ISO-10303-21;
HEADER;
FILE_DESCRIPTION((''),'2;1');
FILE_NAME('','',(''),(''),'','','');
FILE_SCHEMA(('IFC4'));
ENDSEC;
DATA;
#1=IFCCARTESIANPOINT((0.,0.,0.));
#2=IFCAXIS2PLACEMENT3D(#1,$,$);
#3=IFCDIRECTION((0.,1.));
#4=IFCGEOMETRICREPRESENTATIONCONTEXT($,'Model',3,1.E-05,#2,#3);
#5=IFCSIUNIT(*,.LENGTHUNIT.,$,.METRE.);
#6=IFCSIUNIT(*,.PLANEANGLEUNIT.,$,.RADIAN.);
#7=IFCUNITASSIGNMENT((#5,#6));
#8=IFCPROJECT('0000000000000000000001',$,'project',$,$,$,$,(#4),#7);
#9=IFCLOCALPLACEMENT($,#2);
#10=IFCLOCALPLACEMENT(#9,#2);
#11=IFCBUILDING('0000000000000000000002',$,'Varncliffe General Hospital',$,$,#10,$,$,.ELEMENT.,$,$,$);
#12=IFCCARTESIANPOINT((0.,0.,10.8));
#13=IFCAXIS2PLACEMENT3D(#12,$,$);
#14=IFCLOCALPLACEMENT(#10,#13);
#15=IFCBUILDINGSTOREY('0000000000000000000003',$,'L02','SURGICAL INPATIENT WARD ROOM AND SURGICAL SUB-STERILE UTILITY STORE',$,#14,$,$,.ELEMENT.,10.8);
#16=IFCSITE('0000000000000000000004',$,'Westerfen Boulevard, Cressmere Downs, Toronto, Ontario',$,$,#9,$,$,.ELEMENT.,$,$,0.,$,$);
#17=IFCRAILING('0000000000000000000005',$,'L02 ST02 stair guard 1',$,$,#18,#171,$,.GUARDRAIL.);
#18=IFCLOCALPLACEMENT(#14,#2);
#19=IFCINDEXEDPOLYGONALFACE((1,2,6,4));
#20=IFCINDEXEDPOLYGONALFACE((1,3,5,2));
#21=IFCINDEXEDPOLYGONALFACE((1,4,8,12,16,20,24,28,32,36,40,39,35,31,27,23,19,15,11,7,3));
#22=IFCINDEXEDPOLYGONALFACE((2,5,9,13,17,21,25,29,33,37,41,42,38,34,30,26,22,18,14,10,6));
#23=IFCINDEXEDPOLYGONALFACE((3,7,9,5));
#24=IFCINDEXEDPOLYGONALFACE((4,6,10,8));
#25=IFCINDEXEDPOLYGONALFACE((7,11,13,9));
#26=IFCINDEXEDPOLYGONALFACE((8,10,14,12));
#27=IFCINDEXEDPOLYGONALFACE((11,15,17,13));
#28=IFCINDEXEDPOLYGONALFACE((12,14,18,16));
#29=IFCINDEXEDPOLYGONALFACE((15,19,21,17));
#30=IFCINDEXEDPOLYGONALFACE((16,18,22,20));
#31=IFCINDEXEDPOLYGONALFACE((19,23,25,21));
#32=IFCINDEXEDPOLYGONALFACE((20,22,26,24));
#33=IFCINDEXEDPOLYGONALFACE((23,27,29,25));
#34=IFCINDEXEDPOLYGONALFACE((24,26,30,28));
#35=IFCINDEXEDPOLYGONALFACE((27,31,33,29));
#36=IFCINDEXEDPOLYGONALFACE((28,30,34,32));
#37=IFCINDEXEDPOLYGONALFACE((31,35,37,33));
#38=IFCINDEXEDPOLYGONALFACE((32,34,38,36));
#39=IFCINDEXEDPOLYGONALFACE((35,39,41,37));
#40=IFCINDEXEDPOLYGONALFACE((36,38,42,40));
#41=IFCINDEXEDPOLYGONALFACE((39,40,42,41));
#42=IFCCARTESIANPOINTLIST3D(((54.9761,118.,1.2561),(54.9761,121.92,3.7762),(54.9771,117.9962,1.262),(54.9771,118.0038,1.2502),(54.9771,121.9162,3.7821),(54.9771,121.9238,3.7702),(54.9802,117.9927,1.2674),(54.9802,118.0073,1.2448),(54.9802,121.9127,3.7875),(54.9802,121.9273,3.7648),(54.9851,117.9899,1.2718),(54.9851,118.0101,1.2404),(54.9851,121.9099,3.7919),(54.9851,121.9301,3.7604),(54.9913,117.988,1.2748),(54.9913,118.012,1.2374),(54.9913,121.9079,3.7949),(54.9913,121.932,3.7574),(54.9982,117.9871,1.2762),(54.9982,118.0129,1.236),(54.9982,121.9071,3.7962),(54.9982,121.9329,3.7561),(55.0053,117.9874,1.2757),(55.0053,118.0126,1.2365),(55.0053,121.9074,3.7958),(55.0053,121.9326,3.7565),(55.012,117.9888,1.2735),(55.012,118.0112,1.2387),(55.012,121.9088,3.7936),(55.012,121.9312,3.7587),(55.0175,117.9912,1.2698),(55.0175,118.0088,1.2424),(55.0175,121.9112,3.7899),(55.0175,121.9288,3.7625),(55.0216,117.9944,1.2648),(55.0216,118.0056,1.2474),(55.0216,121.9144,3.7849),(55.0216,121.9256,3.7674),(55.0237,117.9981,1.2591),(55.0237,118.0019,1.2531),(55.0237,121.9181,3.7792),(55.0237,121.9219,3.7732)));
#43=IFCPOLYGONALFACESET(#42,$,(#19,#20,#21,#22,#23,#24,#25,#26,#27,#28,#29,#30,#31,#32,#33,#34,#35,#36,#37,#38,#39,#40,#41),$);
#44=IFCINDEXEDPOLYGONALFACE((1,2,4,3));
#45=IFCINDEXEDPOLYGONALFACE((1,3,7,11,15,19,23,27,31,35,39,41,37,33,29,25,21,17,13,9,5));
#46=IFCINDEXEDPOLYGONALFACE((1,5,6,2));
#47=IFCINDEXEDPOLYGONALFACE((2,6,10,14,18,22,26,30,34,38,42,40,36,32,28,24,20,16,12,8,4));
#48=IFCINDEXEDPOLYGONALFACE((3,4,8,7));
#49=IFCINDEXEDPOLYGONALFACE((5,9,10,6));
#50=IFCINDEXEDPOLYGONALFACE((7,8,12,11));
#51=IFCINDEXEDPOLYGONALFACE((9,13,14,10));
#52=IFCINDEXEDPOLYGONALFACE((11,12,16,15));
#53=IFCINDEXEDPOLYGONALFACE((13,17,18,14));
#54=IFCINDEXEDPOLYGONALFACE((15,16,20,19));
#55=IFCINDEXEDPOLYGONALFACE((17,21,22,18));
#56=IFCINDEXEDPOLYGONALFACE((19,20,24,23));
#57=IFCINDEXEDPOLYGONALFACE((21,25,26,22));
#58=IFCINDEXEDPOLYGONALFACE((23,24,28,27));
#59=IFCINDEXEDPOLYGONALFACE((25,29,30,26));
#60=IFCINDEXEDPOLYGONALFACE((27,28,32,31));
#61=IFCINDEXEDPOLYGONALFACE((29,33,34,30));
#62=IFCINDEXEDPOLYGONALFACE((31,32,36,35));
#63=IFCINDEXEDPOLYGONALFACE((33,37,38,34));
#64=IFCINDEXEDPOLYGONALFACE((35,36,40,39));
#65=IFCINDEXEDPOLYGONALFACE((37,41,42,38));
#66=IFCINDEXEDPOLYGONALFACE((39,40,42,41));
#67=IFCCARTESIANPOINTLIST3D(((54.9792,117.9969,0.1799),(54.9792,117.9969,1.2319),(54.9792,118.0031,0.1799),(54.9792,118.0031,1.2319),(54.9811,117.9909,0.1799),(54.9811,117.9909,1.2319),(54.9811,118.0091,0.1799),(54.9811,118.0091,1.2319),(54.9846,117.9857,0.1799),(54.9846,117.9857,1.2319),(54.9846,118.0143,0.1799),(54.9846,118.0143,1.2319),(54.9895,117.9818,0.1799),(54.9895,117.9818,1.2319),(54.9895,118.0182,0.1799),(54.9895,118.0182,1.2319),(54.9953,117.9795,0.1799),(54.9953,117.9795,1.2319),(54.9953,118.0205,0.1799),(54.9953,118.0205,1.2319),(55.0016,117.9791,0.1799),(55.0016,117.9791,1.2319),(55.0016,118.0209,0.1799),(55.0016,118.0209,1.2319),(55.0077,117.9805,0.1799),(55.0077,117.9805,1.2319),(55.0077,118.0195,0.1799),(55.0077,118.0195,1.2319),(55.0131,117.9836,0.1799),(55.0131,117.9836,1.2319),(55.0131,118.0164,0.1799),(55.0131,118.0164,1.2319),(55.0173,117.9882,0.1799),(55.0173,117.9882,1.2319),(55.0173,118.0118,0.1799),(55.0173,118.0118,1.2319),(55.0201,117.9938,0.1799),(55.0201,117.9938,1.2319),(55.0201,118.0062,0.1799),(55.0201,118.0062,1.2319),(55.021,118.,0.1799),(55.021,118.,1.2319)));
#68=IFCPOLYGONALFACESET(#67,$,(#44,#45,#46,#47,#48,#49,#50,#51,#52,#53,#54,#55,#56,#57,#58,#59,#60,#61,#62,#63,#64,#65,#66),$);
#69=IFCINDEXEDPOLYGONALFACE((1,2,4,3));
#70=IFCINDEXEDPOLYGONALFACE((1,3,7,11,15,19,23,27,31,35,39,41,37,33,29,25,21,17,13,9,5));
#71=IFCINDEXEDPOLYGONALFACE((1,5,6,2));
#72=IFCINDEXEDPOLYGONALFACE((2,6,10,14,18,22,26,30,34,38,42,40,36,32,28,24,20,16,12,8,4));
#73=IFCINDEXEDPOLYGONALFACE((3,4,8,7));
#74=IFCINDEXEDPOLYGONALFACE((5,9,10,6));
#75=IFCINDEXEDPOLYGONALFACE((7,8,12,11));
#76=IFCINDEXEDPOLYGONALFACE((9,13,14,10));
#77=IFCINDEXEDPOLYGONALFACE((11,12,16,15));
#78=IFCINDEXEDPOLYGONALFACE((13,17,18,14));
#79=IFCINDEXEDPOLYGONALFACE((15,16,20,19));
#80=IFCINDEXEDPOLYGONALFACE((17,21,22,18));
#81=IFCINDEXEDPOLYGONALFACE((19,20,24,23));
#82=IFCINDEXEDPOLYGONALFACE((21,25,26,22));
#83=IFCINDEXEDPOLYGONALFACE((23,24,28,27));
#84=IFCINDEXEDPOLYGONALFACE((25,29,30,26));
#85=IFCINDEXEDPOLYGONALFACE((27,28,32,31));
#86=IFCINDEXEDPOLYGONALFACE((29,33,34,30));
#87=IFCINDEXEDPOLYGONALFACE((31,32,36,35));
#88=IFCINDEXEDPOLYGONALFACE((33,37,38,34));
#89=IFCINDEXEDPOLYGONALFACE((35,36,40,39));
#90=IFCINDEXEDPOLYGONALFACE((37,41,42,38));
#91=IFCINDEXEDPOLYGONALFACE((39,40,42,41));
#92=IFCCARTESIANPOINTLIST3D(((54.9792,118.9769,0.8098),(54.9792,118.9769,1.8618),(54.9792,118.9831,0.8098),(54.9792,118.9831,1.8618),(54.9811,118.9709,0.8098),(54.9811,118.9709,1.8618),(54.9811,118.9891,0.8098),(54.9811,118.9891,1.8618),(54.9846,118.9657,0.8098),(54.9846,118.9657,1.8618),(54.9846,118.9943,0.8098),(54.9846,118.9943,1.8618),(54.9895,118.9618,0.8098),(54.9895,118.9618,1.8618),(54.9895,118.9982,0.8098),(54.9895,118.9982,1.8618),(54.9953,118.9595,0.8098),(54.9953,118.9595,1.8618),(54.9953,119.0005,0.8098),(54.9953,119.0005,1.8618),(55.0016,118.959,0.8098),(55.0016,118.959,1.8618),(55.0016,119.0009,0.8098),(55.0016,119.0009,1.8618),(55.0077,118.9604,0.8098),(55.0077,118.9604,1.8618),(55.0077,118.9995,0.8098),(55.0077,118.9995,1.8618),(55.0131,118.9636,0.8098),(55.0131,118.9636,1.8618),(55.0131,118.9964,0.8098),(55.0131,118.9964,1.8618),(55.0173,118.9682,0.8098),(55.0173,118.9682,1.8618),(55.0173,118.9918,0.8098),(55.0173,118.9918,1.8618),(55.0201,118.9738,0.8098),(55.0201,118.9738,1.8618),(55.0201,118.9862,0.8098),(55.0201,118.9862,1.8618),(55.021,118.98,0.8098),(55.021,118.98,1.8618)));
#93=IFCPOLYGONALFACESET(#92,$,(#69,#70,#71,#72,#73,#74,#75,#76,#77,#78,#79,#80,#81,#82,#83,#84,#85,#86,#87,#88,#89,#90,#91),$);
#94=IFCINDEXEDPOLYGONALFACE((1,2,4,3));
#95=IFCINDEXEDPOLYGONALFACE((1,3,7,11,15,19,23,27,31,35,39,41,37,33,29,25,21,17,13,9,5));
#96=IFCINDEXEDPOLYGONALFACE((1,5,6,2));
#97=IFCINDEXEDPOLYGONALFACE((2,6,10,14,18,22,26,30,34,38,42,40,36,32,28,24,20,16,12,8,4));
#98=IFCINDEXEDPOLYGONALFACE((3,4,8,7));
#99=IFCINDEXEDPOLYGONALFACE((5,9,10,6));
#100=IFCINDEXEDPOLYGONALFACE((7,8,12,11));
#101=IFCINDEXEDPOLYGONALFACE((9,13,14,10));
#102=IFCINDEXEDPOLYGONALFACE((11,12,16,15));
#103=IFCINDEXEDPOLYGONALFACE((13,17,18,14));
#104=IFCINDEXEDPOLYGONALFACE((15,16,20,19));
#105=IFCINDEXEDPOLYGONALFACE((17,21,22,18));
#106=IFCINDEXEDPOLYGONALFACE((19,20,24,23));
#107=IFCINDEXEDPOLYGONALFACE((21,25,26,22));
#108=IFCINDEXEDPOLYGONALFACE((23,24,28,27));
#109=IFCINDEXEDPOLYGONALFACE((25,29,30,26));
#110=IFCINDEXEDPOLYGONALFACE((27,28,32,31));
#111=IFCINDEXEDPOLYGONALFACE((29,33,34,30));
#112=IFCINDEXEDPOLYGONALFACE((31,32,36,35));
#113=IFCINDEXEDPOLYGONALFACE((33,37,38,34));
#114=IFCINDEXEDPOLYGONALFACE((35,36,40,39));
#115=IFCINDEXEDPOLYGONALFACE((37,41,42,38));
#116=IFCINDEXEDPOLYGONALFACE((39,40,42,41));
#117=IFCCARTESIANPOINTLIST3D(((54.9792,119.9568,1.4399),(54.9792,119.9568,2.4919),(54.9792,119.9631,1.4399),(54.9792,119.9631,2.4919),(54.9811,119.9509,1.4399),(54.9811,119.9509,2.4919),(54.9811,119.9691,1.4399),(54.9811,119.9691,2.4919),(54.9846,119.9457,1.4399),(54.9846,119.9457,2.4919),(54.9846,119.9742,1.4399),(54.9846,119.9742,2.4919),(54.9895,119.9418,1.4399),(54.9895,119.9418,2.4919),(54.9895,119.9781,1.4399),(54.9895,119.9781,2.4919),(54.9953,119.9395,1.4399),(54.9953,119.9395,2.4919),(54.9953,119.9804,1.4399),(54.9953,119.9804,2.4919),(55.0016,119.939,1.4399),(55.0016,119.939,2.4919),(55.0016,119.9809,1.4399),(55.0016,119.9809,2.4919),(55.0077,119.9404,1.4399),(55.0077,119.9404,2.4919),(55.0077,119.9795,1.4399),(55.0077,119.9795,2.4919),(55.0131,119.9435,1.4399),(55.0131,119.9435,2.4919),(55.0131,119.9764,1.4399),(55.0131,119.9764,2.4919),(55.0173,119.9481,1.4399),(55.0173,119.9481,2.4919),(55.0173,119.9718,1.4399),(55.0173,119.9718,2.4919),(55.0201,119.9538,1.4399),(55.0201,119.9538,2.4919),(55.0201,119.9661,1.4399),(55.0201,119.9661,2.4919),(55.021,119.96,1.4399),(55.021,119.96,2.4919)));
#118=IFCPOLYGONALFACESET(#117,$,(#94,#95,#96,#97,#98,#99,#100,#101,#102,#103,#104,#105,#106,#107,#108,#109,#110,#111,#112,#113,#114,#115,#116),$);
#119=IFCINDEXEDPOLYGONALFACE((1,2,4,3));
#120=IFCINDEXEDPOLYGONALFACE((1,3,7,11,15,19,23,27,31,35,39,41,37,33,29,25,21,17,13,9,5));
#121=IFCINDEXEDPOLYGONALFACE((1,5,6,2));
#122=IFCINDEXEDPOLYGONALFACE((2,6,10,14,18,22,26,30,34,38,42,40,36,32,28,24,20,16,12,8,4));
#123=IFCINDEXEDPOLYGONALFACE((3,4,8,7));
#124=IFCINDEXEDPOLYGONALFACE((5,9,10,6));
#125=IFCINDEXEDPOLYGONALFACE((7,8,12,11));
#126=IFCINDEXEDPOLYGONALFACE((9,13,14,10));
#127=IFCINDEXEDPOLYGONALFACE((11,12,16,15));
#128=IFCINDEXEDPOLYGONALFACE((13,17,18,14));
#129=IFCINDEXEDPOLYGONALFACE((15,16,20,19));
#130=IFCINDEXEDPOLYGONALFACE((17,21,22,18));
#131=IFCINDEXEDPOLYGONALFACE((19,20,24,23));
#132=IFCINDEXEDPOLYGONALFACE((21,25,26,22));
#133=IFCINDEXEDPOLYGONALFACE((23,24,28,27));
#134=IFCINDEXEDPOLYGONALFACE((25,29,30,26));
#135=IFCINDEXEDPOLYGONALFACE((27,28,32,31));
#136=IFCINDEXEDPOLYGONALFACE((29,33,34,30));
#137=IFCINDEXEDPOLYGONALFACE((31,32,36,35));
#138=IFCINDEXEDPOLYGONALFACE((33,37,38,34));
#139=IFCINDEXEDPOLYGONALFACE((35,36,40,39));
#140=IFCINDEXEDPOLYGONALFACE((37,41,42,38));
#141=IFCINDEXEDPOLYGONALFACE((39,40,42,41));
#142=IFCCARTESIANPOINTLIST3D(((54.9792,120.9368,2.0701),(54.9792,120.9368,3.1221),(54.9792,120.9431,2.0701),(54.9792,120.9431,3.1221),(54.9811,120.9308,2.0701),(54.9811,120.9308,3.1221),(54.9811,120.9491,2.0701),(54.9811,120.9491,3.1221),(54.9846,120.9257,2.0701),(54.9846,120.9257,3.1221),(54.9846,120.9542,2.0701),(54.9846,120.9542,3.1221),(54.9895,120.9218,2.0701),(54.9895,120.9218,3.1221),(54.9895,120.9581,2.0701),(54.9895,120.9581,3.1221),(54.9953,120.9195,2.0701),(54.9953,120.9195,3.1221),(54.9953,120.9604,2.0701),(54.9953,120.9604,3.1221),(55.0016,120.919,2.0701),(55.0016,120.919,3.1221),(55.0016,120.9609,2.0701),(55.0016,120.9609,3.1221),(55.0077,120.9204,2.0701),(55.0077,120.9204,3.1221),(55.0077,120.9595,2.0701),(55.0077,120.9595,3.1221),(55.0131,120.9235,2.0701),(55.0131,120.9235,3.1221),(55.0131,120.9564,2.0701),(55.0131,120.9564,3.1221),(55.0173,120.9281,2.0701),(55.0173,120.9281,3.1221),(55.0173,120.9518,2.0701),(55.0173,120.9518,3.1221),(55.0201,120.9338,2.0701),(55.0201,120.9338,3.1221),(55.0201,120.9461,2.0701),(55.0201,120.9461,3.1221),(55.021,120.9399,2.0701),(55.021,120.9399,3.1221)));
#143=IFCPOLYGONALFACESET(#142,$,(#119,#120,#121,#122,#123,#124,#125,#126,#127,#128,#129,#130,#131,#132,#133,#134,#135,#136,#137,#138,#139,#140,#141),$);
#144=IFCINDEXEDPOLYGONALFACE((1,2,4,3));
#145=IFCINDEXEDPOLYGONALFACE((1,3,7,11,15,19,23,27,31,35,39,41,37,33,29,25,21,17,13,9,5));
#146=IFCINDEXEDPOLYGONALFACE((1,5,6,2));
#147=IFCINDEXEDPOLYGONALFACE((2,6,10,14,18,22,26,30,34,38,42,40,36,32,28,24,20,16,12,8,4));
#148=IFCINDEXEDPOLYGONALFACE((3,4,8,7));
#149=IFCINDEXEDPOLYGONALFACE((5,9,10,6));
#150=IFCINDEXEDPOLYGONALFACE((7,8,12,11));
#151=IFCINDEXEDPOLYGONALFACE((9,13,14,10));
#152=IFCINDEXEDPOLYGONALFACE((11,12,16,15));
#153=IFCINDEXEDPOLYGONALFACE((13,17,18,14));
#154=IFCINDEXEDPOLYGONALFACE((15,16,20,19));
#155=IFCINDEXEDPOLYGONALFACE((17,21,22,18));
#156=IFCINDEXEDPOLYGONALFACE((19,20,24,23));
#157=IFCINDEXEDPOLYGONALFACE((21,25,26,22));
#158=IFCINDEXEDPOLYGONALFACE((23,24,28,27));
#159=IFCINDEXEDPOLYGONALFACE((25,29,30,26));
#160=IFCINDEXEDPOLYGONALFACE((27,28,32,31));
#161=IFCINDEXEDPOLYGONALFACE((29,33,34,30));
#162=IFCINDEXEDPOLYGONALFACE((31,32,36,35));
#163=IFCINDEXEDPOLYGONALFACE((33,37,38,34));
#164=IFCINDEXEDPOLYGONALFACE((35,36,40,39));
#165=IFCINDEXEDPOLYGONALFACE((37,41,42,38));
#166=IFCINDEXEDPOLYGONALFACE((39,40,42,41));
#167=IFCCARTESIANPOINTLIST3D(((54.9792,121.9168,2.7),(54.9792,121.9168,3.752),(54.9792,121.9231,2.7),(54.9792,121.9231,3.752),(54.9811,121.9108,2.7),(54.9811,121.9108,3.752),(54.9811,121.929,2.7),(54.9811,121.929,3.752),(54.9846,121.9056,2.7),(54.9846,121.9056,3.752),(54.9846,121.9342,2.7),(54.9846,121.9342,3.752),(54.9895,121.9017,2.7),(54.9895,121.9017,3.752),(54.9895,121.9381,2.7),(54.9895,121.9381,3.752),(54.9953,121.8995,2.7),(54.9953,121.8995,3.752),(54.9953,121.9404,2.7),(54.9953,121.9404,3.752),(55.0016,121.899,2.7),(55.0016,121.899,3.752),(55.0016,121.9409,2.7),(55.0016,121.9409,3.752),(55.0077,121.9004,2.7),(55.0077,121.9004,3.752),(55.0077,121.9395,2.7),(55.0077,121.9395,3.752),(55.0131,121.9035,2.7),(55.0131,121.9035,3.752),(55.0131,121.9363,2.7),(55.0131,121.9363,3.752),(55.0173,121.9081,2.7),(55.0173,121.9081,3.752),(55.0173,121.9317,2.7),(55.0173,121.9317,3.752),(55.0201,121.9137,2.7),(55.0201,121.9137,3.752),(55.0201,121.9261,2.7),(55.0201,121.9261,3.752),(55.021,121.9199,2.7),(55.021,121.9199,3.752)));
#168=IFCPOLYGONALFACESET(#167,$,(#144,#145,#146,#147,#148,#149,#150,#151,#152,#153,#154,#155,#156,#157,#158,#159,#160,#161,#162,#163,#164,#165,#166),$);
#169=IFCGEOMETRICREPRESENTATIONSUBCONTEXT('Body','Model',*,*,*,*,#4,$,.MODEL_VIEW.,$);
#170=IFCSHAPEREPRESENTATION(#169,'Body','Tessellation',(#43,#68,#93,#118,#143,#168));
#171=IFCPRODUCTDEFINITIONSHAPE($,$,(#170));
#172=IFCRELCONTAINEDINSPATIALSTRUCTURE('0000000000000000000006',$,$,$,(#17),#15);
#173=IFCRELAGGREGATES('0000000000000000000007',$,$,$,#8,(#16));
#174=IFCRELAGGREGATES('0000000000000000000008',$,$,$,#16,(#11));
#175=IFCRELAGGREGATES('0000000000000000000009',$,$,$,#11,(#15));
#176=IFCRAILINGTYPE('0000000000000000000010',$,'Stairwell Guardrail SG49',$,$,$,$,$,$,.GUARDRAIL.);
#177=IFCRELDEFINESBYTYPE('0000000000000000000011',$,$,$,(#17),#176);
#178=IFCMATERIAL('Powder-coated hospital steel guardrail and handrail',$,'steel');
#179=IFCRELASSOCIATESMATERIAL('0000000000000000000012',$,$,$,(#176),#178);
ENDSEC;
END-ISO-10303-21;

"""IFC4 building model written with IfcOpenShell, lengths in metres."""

from ifc_helpers import new_model, si_unit, direction, frame, origin, origin_2d, place, context, subcontext, project, spatial, circle, extrude, material, type_object, element, save


model = new_model("IFC4")

# Units and contexts
model_context = context("Model", 3, precision=1e-05, world=origin(), true_north=direction((0.0, 1.0)))
body_context = subcontext(model_context, "Body", "Model", "MODEL_VIEW")
ifc_project = project(units=[si_unit("LENGTHUNIT", "METRE"), si_unit("PLANEANGLEUNIT", "RADIAN")], contexts=[model_context])

# Site, building, storey
site_placement = place(None, origin())
site = spatial("IfcSite", under=ifc_project, at=site_placement, Name="Westerfen Boulevard, Cressmere Downs, Toronto, Ontario", CompositionType="ELEMENT", RefElevation=0.0)
building_placement = place(site_placement, origin())
building = spatial("IfcBuilding", under=site, at=building_placement, Name="Varncliffe General Hospital", CompositionType="ELEMENT")
storey_placement = place(building_placement, frame((0.0, 0.0, 10.8)))
storey = spatial("IfcBuildingStorey", under=building, at=storey_placement, Name="L02", Description="SURGICAL INPATIENT WARD ROOM AND SURGICAL SUB-STERILE UTILITY STORE", CompositionType="ELEMENT", Elevation=10.8)

# Railing
ifc_material_1 = material(Name="Powder-coated hospital steel guardrail and handrail", Category="steel")
railing_type_1 = type_object("IfcRailingType", Name="Stairwell Guardrail SG49", PredefinedType="GUARDRAIL", material=ifc_material_1)
railing_1_placement = place(storey_placement, frame((55.0, 118.0, 0.1799)))
element("IfcRailing", 1, at=railing_1_placement, inside=storey, type_object=railing_type_1, Name="L02 ST02 stair guard 1", PredefinedType="GUARDRAIL", context=body_context, shape_type="SweptSolid", body=[
    extrude(circle(Radius=0.0239, at=origin_2d()), frame((0.0, 0.0, 1.0762), z_axis=(0.0, 0.841172, 0.540768), x_axis=(-1.0, 0.0, 0.0)), (0.0, 0.0, 1.0), 4.6602),
    extrude(circle(Radius=0.021, at=origin_2d()), origin(), (0.0, 0.0, 1.0), 1.052),
    extrude(circle(Radius=0.021, at=origin_2d()), frame((0.0, 0.98, 0.6299)), (0.0, 0.0, 1.0), 1.052),
    extrude(circle(Radius=0.021, at=origin_2d()), frame((0.0, 1.96, 1.26)), (0.0, 0.0, 1.0), 1.052),
    extrude(circle(Radius=0.021, at=origin_2d()), frame((0.0, 2.9399, 1.8901)), (0.0, 0.0, 1.0), 1.052),
    extrude(circle(Radius=0.021, at=origin_2d()), frame((0.0, 3.9199, 2.52)), (0.0, 0.0, 1.0), 1.052),
])

save(model, "model.ifc")
